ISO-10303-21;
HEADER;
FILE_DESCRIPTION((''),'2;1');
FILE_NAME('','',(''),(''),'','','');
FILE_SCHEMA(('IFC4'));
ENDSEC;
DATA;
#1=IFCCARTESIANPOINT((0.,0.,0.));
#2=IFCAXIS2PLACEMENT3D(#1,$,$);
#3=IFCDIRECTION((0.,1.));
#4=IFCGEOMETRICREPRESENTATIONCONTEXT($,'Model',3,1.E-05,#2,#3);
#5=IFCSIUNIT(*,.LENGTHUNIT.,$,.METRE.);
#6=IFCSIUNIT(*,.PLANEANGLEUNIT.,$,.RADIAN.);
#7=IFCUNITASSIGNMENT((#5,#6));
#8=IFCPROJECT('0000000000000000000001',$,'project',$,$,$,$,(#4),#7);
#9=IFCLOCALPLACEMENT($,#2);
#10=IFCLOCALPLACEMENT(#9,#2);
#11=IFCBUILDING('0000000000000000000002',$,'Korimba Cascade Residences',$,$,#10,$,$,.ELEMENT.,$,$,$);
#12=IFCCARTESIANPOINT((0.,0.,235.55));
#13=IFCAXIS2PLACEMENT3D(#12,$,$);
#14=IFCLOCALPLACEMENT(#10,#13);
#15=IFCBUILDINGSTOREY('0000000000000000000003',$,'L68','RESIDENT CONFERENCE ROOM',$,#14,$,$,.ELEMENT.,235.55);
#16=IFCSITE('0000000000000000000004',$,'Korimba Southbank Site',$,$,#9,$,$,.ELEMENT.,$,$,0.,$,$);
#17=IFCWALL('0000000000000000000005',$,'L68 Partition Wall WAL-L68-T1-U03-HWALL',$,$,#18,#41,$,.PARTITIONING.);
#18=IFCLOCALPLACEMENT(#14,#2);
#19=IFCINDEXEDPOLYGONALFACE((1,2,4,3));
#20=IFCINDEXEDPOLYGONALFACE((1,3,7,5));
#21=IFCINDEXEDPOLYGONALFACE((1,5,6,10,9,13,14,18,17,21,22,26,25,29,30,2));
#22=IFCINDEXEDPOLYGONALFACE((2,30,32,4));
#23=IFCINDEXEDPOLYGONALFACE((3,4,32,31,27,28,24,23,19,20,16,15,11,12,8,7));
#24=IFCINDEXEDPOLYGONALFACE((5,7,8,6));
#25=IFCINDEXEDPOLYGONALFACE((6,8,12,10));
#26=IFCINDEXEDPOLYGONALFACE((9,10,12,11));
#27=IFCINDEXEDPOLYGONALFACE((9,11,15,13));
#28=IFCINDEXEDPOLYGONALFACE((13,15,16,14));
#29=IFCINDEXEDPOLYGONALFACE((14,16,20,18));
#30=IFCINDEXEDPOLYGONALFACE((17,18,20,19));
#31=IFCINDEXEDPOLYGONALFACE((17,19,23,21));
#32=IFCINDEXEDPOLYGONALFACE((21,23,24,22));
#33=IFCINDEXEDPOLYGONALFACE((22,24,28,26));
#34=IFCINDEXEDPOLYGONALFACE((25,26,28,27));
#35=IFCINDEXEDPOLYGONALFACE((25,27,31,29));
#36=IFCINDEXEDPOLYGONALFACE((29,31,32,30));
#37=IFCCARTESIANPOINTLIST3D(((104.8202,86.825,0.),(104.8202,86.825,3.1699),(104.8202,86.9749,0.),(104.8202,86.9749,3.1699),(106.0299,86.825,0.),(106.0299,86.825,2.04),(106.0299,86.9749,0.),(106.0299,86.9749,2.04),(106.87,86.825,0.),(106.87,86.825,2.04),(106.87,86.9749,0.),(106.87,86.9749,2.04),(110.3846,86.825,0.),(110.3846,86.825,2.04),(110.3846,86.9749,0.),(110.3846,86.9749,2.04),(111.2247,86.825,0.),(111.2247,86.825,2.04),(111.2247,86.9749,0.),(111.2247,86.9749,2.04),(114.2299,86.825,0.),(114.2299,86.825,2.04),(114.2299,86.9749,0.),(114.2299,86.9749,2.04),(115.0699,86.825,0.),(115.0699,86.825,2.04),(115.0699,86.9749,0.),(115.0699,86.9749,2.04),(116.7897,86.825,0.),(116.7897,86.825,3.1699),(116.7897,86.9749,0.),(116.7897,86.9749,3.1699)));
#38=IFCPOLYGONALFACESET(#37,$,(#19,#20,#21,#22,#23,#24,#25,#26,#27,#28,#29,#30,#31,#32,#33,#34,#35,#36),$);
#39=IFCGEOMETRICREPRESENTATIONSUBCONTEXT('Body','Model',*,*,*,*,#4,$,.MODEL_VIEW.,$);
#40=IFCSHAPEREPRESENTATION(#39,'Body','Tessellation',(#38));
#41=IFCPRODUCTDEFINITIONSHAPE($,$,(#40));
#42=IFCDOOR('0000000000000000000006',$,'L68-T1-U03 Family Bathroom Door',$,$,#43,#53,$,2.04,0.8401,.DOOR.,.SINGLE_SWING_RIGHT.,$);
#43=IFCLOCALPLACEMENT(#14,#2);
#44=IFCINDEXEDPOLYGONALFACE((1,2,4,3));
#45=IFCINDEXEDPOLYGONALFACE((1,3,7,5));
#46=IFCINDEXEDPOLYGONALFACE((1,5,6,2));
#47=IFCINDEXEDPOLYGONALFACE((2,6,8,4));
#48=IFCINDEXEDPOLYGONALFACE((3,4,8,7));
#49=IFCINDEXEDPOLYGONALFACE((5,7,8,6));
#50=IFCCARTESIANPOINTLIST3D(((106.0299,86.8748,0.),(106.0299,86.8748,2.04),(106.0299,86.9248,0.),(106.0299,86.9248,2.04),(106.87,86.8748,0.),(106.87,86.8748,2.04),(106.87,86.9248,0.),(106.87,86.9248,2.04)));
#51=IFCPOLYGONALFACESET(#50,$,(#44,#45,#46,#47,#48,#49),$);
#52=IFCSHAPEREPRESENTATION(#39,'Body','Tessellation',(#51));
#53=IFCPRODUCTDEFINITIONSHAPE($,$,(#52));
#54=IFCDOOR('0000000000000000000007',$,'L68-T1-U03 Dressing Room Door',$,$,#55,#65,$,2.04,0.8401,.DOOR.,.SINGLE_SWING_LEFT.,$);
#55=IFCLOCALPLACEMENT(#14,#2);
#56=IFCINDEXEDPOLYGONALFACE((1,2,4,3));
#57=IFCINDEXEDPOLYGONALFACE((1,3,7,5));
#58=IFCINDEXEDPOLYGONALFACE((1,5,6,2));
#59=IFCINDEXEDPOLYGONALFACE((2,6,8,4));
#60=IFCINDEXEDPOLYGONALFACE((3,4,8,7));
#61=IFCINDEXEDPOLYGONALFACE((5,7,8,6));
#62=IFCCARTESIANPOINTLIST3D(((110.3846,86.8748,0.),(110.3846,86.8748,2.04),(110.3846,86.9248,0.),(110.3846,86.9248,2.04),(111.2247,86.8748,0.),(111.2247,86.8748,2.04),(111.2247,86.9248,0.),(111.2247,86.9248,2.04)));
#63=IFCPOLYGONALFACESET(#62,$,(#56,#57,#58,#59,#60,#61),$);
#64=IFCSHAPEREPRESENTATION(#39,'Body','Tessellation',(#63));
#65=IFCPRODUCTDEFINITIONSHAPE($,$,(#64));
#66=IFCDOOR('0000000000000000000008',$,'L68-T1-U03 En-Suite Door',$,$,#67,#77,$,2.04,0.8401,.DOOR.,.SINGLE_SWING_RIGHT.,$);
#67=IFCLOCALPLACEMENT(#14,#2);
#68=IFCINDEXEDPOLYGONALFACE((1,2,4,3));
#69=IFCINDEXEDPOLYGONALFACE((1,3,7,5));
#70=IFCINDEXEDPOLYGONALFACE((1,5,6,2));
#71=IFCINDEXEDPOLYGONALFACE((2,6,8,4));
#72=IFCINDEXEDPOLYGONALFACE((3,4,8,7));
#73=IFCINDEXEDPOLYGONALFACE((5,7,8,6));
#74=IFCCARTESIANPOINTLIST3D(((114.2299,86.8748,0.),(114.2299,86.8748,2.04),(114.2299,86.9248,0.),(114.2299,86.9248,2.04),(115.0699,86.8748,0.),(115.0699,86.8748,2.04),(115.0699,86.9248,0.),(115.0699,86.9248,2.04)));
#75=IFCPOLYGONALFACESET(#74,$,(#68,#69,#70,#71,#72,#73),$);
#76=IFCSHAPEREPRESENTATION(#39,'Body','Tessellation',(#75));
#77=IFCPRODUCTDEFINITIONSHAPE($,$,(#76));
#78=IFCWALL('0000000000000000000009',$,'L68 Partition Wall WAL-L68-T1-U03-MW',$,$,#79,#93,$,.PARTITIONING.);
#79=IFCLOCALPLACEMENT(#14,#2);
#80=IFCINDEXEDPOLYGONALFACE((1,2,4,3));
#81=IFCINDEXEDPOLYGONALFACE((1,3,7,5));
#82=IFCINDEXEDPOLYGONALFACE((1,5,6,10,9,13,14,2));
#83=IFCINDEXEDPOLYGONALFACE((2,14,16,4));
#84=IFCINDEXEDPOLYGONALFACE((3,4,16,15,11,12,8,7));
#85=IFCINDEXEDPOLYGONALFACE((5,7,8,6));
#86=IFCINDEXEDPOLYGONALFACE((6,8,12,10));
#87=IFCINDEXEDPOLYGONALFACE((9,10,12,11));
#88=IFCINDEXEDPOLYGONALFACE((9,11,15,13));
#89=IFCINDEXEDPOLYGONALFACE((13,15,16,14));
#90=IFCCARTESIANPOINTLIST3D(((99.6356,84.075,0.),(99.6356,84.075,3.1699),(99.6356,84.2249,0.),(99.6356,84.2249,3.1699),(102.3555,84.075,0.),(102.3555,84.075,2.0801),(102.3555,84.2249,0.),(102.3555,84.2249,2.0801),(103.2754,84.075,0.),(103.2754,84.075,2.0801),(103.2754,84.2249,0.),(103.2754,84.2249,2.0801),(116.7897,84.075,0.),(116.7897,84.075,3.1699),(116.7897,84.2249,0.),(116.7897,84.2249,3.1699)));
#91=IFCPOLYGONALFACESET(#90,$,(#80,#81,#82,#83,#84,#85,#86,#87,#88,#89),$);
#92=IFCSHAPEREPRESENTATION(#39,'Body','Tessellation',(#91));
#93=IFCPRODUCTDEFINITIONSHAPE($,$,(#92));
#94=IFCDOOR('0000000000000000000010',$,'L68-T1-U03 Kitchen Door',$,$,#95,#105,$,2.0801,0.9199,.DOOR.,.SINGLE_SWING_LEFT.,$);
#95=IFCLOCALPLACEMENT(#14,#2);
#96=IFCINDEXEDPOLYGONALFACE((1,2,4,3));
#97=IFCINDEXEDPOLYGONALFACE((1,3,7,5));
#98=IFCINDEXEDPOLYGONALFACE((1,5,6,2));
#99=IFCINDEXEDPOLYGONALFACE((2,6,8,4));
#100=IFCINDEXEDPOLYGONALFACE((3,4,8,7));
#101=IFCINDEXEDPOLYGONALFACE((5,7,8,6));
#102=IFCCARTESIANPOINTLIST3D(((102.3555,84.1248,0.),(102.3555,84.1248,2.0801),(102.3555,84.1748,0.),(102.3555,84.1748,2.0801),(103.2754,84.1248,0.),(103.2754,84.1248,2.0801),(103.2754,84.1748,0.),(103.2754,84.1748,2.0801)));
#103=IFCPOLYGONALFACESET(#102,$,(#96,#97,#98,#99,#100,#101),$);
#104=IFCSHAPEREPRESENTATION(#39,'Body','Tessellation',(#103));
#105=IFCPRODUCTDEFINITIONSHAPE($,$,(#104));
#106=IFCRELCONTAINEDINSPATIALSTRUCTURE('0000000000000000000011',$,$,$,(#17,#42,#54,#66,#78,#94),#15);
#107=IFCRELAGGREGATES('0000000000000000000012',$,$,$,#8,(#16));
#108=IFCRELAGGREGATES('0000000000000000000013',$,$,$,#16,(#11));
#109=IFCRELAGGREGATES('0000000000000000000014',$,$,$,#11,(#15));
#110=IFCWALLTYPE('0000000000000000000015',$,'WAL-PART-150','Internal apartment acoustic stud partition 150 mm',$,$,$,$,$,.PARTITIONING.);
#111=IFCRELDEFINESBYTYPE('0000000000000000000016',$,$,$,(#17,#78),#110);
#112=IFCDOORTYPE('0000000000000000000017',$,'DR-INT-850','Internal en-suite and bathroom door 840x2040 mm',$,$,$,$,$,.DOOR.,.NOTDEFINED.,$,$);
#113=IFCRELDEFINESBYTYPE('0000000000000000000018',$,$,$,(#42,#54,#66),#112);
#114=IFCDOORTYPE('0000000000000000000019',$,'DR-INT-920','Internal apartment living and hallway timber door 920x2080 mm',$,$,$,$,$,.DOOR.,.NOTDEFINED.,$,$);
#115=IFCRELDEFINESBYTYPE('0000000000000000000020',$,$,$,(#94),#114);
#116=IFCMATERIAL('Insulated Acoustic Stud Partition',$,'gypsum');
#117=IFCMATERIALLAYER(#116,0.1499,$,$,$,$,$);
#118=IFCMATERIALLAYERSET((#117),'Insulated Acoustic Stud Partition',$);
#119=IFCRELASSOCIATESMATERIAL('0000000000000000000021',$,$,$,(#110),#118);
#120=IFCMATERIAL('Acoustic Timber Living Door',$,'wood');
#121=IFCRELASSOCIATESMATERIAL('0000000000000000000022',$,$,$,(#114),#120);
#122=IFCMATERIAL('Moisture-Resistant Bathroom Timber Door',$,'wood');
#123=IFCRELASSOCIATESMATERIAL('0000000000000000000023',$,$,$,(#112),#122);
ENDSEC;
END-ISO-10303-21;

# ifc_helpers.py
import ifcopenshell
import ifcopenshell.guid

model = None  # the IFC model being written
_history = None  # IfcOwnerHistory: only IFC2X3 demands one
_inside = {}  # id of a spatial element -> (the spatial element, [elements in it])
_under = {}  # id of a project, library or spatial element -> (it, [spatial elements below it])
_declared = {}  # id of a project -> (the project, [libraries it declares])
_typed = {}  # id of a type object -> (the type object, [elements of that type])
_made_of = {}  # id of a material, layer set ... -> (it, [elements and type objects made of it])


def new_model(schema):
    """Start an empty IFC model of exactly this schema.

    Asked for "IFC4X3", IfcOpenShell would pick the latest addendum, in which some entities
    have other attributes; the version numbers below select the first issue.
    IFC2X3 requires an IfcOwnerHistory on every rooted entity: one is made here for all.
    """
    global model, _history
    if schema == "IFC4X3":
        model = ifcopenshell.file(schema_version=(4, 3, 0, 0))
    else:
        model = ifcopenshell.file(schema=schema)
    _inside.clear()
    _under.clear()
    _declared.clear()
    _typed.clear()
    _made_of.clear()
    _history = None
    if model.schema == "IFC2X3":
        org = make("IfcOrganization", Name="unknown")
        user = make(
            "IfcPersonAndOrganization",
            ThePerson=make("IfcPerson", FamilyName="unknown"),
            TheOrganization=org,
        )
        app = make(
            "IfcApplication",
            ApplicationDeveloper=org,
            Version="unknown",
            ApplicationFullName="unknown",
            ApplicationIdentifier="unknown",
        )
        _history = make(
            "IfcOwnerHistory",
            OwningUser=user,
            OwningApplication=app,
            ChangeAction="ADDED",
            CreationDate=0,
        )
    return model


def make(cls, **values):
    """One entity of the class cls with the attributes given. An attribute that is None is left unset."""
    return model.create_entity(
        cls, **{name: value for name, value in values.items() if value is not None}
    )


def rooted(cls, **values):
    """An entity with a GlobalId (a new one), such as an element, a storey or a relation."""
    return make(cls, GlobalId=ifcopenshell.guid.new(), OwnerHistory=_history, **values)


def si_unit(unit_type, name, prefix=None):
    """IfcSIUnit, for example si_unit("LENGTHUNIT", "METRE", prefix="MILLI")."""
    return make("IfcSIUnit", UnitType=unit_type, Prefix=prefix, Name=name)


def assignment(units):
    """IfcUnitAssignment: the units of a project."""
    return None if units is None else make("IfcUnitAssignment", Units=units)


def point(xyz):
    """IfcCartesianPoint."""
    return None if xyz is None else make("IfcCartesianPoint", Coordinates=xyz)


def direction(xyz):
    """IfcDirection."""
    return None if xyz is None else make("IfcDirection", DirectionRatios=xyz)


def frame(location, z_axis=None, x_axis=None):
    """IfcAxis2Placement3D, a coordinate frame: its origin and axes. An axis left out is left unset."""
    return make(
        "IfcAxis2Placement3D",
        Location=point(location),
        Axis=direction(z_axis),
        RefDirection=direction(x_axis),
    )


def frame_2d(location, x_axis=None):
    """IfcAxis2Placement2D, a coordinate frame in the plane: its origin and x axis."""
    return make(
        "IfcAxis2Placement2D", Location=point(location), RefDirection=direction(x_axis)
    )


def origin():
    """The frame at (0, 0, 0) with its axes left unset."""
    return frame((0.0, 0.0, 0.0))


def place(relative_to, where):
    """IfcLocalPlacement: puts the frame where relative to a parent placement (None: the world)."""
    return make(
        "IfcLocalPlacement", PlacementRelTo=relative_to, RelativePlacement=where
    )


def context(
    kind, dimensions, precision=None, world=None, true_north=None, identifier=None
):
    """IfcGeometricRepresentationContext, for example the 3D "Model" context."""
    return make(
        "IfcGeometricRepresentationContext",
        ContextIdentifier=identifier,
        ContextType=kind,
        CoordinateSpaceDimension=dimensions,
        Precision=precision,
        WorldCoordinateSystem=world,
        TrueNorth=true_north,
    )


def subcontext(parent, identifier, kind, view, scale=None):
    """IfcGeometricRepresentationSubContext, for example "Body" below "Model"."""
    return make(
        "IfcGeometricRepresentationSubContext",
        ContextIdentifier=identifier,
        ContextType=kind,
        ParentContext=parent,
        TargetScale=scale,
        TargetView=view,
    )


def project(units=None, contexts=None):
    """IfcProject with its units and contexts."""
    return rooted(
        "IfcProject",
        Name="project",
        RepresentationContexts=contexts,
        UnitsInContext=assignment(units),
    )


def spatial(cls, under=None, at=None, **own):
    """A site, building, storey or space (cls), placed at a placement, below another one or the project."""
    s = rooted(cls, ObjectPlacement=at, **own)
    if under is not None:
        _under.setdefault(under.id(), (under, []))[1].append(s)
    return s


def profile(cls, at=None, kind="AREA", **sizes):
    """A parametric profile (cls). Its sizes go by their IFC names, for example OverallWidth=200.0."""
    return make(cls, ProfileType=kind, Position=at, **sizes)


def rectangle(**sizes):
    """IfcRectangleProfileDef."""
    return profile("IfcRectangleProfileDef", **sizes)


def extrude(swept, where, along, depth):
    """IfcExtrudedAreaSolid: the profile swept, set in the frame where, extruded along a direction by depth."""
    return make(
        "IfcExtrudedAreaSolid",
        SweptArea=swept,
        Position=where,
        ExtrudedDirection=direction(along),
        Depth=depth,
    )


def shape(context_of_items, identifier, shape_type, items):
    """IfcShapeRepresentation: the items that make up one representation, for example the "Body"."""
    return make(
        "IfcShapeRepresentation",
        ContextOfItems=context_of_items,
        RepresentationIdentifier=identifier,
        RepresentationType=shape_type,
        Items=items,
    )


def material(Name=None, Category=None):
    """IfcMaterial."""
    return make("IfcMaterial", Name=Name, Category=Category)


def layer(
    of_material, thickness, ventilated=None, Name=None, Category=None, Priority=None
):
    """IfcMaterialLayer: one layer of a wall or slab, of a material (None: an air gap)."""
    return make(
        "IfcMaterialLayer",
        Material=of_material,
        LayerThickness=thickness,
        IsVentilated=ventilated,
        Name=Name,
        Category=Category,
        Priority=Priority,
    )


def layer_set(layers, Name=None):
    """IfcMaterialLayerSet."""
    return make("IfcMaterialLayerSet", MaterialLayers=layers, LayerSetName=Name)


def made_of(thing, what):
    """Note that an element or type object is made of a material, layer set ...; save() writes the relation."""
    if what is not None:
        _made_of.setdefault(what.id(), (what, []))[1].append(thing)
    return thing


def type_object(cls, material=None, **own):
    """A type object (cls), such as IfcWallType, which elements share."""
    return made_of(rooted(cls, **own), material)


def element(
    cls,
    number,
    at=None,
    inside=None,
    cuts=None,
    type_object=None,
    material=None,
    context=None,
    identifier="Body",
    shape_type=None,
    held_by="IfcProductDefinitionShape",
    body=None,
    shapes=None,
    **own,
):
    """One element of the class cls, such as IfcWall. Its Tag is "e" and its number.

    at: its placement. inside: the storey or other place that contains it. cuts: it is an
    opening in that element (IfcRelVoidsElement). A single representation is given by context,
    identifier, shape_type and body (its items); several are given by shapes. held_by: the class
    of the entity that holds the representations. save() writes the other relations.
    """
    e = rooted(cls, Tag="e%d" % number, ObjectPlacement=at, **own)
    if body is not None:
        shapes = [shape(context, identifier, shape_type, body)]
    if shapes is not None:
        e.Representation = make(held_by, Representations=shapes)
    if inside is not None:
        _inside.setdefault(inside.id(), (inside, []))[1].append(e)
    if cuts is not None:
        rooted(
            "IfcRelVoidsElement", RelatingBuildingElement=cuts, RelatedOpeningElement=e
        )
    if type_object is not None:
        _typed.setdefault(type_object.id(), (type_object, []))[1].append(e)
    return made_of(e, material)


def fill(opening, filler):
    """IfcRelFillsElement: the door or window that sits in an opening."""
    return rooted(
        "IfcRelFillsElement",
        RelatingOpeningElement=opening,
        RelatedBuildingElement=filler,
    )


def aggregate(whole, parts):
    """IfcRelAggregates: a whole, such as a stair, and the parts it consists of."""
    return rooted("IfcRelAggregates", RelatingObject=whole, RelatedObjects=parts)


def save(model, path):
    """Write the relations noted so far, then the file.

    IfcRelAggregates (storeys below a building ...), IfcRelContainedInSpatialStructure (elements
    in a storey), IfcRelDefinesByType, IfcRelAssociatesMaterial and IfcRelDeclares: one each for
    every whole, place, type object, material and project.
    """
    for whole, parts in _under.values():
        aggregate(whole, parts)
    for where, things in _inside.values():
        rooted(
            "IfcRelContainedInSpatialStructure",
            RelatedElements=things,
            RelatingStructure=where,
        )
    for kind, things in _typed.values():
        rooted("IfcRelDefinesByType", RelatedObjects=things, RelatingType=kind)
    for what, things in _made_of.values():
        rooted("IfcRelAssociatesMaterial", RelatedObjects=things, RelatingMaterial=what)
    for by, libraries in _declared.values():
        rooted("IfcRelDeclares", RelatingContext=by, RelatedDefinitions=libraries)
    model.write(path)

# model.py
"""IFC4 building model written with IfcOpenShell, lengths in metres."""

from ifc_helpers import new_model, si_unit, direction, frame, frame_2d, origin, place, context, subcontext, project, spatial, rectangle, extrude, material, layer, layer_set, type_object, element, fill, save


model = new_model("IFC4")

# Units and contexts
model_context = context("Model", 3, precision=1e-05, world=origin(), true_north=direction((0.0, 1.0)))
body_context = subcontext(model_context, "Body", "Model", "MODEL_VIEW")
ifc_project = project(units=[si_unit("LENGTHUNIT", "METRE"), si_unit("PLANEANGLEUNIT", "RADIAN")], contexts=[model_context])

# Site, building, storey
site_placement = place(None, origin())
site = spatial("IfcSite", under=ifc_project, at=site_placement, Name="Korimba Southbank Site", CompositionType="ELEMENT", RefElevation=0.0)
building_placement = place(site_placement, origin())
building = spatial("IfcBuilding", under=site, at=building_placement, Name="Korimba Cascade Residences", CompositionType="ELEMENT")
storey_placement = place(building_placement, frame((0.0, 0.0, 235.55)))
storey = spatial("IfcBuildingStorey", under=building, at=storey_placement, Name="L68", Description="RESIDENT CONFERENCE ROOM", CompositionType="ELEMENT", Elevation=235.55)

# Shared definitions
ifc_material_1 = material(Name="Insulated Acoustic Stud Partition", Category="gypsum")
ifc_layer = layer(ifc_material_1, 0.1499)
ifc_layer_set = layer_set([ifc_layer], Name="Insulated Acoustic Stud Partition")
wall_type = type_object("IfcWallType", Name="WAL-PART-150", Description="Internal apartment acoustic stud partition 150 mm", PredefinedType="PARTITIONING", material=ifc_layer_set)

# Shared definitions
ifc_material_2 = material(Name="Acoustic Timber Living Door", Category="wood")
door_type_1 = type_object("IfcDoorType", Name="DR-INT-920", Description="Internal apartment living and hallway timber door 920x2080 mm", OperationType="NOTDEFINED", PredefinedType="DOOR", material=ifc_material_2)

# Wall, openings, doors
wall_1_placement = place(storey_placement, frame((104.8201, 86.8999, 0.0), z_axis=(0.0, 0.0, 1.0), x_axis=(1.0, 0.0, 0.0)))
wall_1 = element("IfcWall", 1, at=wall_1_placement, inside=storey, type_object=wall_type, Name="L68 Partition Wall WAL-L68-T1-U03-HWALL", PredefinedType="PARTITIONING", context=body_context, shape_type="SweptSolid", body=[
    extrude(rectangle(XDim=11.9695, YDim=0.1499, at=frame_2d((5.9849, 0.0))), origin(), (0.0, 0.0, 1.0), 3.1699),
])
opening_1_placement = place(wall_1_placement, frame((1.21, 0.0, 0.0)))
opening_1 = element("IfcOpeningElement", 2, at=opening_1_placement, cuts=wall_1, PredefinedType="OPENING", context=body_context, shape_type="SweptSolid", body=[
    extrude(rectangle(XDim=0.8401, YDim=2.04, at=frame_2d((0.4199, 1.02))), frame((0.0, 0.085, 0.0), z_axis=(0.0, -1.0, 0.0), x_axis=(1.0, 0.0, 0.0)), (0.0, 0.0, 1.0), 0.1699),
])
opening_2_placement = place(wall_1_placement, frame((5.5647, 0.0, 0.0)))
opening_2 = element("IfcOpeningElement", 3, at=opening_2_placement, cuts=wall_1, PredefinedType="OPENING", context=body_context, shape_type="SweptSolid", body=[
    extrude(rectangle(XDim=0.8401, YDim=2.04, at=frame_2d((0.4199, 1.02))), frame((0.0, 0.085, 0.0), z_axis=(0.0, -1.0, 0.0), x_axis=(1.0, 0.0, 0.0)), (0.0, 0.0, 1.0), 0.1699),
])
opening_3_placement = place(wall_1_placement, frame((9.4099, 0.0, 0.0)))
opening_3 = element("IfcOpeningElement", 4, at=opening_3_placement, cuts=wall_1, PredefinedType="OPENING", context=body_context, shape_type="SweptSolid", body=[
    extrude(rectangle(XDim=0.8401, YDim=2.04, at=frame_2d((0.4199, 1.02))), frame((0.0, 0.085, 0.0), z_axis=(0.0, -1.0, 0.0), x_axis=(1.0, 0.0, 0.0)), (0.0, 0.0, 1.0), 0.1699),
])
ifc_material_3 = material(Name="Moisture-Resistant Bathroom Timber Door", Category="wood")
door_type_2 = type_object("IfcDoorType", Name="DR-INT-850", Description="Internal en-suite and bathroom door 840x2040 mm", OperationType="NOTDEFINED", PredefinedType="DOOR", material=ifc_material_3)
door_1_placement = place(opening_1_placement, origin())
door_1 = element("IfcDoor", 5, at=door_1_placement, inside=storey, type_object=door_type_2, Name="L68-T1-U03 Family Bathroom Door", OperationType="SINGLE_SWING_RIGHT", OverallHeight=2.04, OverallWidth=0.8401, PredefinedType="DOOR", context=body_context, shape_type="SweptSolid", body=[
    extrude(rectangle(XDim=0.8401, YDim=2.04, at=frame_2d((0.4199, 1.02))), frame((0.0, 0.0249, 0.0), z_axis=(0.0, -1.0, 0.0), x_axis=(1.0, 0.0, 0.0)), (0.0, 0.0, 1.0), 0.05),
])
fill(opening_1, door_1)
door_2_placement = place(opening_2_placement, origin())
door_2 = element("IfcDoor", 6, at=door_2_placement, inside=storey, type_object=door_type_2, Name="L68-T1-U03 Dressing Room Door", OperationType="SINGLE_SWING_LEFT", OverallHeight=2.04, OverallWidth=0.8401, PredefinedType="DOOR", context=body_context, shape_type="SweptSolid", body=[
    extrude(rectangle(XDim=0.8401, YDim=2.04, at=frame_2d((0.4199, 1.02))), frame((0.0, 0.0249, 0.0), z_axis=(0.0, -1.0, 0.0), x_axis=(1.0, 0.0, 0.0)), (0.0, 0.0, 1.0), 0.05),
])
fill(opening_2, door_2)
door_3_placement = place(opening_3_placement, origin())
door_3 = element("IfcDoor", 7, at=door_3_placement, inside=storey, type_object=door_type_2, Name="L68-T1-U03 En-Suite Door", OperationType="SINGLE_SWING_RIGHT", OverallHeight=2.04, OverallWidth=0.8401, PredefinedType="DOOR", context=body_context, shape_type="SweptSolid", body=[
    extrude(rectangle(XDim=0.8401, YDim=2.04, at=frame_2d((0.4199, 1.02))), frame((0.0, 0.0249, 0.0), z_axis=(0.0, -1.0, 0.0), x_axis=(1.0, 0.0, 0.0)), (0.0, 0.0, 1.0), 0.05),
])
fill(opening_3, door_3)

# Wall, opening, door
wall_2_placement = place(storey_placement, frame((99.6355, 84.1499, 0.0), z_axis=(0.0, 0.0, 1.0), x_axis=(1.0, 0.0, 0.0)))
wall_2 = element("IfcWall", 8, at=wall_2_placement, inside=storey, type_object=wall_type, Name="L68 Partition Wall WAL-L68-T1-U03-MW", PredefinedType="PARTITIONING", context=body_context, shape_type="SweptSolid", body=[
    extrude(rectangle(XDim=17.1541, YDim=0.1499, at=frame_2d((8.5771, 0.0))), origin(), (0.0, 0.0, 1.0), 3.1699),
])
opening_4_placement = place(wall_2_placement, frame((2.72, 0.0, 0.0)))
opening_4 = element("IfcOpeningElement", 9, at=opening_4_placement, cuts=wall_2, PredefinedType="OPENING", context=body_context, shape_type="SweptSolid", body=[
    extrude(rectangle(XDim=0.9199, YDim=2.0801, at=frame_2d((0.46, 1.04))), frame((0.0, 0.085, 0.0), z_axis=(0.0, -1.0, 0.0), x_axis=(1.0, 0.0, 0.0)), (0.0, 0.0, 1.0), 0.1699),
])
door_4_placement = place(opening_4_placement, origin())
door_4 = element("IfcDoor", 10, at=door_4_placement, inside=storey, type_object=door_type_1, Name="L68-T1-U03 Kitchen Door", OperationType="SINGLE_SWING_LEFT", OverallHeight=2.0801, OverallWidth=0.9199, PredefinedType="DOOR", context=body_context, shape_type="SweptSolid", body=[
    extrude(rectangle(XDim=0.9199, YDim=2.0801, at=frame_2d((0.46, 1.04))), frame((0.0, 0.0249, 0.0), z_axis=(0.0, -1.0, 0.0), x_axis=(1.0, 0.0, 0.0)), (0.0, 0.0, 1.0), 0.05),
])
fill(opening_4, door_4)

save(model, "model.ifc")
